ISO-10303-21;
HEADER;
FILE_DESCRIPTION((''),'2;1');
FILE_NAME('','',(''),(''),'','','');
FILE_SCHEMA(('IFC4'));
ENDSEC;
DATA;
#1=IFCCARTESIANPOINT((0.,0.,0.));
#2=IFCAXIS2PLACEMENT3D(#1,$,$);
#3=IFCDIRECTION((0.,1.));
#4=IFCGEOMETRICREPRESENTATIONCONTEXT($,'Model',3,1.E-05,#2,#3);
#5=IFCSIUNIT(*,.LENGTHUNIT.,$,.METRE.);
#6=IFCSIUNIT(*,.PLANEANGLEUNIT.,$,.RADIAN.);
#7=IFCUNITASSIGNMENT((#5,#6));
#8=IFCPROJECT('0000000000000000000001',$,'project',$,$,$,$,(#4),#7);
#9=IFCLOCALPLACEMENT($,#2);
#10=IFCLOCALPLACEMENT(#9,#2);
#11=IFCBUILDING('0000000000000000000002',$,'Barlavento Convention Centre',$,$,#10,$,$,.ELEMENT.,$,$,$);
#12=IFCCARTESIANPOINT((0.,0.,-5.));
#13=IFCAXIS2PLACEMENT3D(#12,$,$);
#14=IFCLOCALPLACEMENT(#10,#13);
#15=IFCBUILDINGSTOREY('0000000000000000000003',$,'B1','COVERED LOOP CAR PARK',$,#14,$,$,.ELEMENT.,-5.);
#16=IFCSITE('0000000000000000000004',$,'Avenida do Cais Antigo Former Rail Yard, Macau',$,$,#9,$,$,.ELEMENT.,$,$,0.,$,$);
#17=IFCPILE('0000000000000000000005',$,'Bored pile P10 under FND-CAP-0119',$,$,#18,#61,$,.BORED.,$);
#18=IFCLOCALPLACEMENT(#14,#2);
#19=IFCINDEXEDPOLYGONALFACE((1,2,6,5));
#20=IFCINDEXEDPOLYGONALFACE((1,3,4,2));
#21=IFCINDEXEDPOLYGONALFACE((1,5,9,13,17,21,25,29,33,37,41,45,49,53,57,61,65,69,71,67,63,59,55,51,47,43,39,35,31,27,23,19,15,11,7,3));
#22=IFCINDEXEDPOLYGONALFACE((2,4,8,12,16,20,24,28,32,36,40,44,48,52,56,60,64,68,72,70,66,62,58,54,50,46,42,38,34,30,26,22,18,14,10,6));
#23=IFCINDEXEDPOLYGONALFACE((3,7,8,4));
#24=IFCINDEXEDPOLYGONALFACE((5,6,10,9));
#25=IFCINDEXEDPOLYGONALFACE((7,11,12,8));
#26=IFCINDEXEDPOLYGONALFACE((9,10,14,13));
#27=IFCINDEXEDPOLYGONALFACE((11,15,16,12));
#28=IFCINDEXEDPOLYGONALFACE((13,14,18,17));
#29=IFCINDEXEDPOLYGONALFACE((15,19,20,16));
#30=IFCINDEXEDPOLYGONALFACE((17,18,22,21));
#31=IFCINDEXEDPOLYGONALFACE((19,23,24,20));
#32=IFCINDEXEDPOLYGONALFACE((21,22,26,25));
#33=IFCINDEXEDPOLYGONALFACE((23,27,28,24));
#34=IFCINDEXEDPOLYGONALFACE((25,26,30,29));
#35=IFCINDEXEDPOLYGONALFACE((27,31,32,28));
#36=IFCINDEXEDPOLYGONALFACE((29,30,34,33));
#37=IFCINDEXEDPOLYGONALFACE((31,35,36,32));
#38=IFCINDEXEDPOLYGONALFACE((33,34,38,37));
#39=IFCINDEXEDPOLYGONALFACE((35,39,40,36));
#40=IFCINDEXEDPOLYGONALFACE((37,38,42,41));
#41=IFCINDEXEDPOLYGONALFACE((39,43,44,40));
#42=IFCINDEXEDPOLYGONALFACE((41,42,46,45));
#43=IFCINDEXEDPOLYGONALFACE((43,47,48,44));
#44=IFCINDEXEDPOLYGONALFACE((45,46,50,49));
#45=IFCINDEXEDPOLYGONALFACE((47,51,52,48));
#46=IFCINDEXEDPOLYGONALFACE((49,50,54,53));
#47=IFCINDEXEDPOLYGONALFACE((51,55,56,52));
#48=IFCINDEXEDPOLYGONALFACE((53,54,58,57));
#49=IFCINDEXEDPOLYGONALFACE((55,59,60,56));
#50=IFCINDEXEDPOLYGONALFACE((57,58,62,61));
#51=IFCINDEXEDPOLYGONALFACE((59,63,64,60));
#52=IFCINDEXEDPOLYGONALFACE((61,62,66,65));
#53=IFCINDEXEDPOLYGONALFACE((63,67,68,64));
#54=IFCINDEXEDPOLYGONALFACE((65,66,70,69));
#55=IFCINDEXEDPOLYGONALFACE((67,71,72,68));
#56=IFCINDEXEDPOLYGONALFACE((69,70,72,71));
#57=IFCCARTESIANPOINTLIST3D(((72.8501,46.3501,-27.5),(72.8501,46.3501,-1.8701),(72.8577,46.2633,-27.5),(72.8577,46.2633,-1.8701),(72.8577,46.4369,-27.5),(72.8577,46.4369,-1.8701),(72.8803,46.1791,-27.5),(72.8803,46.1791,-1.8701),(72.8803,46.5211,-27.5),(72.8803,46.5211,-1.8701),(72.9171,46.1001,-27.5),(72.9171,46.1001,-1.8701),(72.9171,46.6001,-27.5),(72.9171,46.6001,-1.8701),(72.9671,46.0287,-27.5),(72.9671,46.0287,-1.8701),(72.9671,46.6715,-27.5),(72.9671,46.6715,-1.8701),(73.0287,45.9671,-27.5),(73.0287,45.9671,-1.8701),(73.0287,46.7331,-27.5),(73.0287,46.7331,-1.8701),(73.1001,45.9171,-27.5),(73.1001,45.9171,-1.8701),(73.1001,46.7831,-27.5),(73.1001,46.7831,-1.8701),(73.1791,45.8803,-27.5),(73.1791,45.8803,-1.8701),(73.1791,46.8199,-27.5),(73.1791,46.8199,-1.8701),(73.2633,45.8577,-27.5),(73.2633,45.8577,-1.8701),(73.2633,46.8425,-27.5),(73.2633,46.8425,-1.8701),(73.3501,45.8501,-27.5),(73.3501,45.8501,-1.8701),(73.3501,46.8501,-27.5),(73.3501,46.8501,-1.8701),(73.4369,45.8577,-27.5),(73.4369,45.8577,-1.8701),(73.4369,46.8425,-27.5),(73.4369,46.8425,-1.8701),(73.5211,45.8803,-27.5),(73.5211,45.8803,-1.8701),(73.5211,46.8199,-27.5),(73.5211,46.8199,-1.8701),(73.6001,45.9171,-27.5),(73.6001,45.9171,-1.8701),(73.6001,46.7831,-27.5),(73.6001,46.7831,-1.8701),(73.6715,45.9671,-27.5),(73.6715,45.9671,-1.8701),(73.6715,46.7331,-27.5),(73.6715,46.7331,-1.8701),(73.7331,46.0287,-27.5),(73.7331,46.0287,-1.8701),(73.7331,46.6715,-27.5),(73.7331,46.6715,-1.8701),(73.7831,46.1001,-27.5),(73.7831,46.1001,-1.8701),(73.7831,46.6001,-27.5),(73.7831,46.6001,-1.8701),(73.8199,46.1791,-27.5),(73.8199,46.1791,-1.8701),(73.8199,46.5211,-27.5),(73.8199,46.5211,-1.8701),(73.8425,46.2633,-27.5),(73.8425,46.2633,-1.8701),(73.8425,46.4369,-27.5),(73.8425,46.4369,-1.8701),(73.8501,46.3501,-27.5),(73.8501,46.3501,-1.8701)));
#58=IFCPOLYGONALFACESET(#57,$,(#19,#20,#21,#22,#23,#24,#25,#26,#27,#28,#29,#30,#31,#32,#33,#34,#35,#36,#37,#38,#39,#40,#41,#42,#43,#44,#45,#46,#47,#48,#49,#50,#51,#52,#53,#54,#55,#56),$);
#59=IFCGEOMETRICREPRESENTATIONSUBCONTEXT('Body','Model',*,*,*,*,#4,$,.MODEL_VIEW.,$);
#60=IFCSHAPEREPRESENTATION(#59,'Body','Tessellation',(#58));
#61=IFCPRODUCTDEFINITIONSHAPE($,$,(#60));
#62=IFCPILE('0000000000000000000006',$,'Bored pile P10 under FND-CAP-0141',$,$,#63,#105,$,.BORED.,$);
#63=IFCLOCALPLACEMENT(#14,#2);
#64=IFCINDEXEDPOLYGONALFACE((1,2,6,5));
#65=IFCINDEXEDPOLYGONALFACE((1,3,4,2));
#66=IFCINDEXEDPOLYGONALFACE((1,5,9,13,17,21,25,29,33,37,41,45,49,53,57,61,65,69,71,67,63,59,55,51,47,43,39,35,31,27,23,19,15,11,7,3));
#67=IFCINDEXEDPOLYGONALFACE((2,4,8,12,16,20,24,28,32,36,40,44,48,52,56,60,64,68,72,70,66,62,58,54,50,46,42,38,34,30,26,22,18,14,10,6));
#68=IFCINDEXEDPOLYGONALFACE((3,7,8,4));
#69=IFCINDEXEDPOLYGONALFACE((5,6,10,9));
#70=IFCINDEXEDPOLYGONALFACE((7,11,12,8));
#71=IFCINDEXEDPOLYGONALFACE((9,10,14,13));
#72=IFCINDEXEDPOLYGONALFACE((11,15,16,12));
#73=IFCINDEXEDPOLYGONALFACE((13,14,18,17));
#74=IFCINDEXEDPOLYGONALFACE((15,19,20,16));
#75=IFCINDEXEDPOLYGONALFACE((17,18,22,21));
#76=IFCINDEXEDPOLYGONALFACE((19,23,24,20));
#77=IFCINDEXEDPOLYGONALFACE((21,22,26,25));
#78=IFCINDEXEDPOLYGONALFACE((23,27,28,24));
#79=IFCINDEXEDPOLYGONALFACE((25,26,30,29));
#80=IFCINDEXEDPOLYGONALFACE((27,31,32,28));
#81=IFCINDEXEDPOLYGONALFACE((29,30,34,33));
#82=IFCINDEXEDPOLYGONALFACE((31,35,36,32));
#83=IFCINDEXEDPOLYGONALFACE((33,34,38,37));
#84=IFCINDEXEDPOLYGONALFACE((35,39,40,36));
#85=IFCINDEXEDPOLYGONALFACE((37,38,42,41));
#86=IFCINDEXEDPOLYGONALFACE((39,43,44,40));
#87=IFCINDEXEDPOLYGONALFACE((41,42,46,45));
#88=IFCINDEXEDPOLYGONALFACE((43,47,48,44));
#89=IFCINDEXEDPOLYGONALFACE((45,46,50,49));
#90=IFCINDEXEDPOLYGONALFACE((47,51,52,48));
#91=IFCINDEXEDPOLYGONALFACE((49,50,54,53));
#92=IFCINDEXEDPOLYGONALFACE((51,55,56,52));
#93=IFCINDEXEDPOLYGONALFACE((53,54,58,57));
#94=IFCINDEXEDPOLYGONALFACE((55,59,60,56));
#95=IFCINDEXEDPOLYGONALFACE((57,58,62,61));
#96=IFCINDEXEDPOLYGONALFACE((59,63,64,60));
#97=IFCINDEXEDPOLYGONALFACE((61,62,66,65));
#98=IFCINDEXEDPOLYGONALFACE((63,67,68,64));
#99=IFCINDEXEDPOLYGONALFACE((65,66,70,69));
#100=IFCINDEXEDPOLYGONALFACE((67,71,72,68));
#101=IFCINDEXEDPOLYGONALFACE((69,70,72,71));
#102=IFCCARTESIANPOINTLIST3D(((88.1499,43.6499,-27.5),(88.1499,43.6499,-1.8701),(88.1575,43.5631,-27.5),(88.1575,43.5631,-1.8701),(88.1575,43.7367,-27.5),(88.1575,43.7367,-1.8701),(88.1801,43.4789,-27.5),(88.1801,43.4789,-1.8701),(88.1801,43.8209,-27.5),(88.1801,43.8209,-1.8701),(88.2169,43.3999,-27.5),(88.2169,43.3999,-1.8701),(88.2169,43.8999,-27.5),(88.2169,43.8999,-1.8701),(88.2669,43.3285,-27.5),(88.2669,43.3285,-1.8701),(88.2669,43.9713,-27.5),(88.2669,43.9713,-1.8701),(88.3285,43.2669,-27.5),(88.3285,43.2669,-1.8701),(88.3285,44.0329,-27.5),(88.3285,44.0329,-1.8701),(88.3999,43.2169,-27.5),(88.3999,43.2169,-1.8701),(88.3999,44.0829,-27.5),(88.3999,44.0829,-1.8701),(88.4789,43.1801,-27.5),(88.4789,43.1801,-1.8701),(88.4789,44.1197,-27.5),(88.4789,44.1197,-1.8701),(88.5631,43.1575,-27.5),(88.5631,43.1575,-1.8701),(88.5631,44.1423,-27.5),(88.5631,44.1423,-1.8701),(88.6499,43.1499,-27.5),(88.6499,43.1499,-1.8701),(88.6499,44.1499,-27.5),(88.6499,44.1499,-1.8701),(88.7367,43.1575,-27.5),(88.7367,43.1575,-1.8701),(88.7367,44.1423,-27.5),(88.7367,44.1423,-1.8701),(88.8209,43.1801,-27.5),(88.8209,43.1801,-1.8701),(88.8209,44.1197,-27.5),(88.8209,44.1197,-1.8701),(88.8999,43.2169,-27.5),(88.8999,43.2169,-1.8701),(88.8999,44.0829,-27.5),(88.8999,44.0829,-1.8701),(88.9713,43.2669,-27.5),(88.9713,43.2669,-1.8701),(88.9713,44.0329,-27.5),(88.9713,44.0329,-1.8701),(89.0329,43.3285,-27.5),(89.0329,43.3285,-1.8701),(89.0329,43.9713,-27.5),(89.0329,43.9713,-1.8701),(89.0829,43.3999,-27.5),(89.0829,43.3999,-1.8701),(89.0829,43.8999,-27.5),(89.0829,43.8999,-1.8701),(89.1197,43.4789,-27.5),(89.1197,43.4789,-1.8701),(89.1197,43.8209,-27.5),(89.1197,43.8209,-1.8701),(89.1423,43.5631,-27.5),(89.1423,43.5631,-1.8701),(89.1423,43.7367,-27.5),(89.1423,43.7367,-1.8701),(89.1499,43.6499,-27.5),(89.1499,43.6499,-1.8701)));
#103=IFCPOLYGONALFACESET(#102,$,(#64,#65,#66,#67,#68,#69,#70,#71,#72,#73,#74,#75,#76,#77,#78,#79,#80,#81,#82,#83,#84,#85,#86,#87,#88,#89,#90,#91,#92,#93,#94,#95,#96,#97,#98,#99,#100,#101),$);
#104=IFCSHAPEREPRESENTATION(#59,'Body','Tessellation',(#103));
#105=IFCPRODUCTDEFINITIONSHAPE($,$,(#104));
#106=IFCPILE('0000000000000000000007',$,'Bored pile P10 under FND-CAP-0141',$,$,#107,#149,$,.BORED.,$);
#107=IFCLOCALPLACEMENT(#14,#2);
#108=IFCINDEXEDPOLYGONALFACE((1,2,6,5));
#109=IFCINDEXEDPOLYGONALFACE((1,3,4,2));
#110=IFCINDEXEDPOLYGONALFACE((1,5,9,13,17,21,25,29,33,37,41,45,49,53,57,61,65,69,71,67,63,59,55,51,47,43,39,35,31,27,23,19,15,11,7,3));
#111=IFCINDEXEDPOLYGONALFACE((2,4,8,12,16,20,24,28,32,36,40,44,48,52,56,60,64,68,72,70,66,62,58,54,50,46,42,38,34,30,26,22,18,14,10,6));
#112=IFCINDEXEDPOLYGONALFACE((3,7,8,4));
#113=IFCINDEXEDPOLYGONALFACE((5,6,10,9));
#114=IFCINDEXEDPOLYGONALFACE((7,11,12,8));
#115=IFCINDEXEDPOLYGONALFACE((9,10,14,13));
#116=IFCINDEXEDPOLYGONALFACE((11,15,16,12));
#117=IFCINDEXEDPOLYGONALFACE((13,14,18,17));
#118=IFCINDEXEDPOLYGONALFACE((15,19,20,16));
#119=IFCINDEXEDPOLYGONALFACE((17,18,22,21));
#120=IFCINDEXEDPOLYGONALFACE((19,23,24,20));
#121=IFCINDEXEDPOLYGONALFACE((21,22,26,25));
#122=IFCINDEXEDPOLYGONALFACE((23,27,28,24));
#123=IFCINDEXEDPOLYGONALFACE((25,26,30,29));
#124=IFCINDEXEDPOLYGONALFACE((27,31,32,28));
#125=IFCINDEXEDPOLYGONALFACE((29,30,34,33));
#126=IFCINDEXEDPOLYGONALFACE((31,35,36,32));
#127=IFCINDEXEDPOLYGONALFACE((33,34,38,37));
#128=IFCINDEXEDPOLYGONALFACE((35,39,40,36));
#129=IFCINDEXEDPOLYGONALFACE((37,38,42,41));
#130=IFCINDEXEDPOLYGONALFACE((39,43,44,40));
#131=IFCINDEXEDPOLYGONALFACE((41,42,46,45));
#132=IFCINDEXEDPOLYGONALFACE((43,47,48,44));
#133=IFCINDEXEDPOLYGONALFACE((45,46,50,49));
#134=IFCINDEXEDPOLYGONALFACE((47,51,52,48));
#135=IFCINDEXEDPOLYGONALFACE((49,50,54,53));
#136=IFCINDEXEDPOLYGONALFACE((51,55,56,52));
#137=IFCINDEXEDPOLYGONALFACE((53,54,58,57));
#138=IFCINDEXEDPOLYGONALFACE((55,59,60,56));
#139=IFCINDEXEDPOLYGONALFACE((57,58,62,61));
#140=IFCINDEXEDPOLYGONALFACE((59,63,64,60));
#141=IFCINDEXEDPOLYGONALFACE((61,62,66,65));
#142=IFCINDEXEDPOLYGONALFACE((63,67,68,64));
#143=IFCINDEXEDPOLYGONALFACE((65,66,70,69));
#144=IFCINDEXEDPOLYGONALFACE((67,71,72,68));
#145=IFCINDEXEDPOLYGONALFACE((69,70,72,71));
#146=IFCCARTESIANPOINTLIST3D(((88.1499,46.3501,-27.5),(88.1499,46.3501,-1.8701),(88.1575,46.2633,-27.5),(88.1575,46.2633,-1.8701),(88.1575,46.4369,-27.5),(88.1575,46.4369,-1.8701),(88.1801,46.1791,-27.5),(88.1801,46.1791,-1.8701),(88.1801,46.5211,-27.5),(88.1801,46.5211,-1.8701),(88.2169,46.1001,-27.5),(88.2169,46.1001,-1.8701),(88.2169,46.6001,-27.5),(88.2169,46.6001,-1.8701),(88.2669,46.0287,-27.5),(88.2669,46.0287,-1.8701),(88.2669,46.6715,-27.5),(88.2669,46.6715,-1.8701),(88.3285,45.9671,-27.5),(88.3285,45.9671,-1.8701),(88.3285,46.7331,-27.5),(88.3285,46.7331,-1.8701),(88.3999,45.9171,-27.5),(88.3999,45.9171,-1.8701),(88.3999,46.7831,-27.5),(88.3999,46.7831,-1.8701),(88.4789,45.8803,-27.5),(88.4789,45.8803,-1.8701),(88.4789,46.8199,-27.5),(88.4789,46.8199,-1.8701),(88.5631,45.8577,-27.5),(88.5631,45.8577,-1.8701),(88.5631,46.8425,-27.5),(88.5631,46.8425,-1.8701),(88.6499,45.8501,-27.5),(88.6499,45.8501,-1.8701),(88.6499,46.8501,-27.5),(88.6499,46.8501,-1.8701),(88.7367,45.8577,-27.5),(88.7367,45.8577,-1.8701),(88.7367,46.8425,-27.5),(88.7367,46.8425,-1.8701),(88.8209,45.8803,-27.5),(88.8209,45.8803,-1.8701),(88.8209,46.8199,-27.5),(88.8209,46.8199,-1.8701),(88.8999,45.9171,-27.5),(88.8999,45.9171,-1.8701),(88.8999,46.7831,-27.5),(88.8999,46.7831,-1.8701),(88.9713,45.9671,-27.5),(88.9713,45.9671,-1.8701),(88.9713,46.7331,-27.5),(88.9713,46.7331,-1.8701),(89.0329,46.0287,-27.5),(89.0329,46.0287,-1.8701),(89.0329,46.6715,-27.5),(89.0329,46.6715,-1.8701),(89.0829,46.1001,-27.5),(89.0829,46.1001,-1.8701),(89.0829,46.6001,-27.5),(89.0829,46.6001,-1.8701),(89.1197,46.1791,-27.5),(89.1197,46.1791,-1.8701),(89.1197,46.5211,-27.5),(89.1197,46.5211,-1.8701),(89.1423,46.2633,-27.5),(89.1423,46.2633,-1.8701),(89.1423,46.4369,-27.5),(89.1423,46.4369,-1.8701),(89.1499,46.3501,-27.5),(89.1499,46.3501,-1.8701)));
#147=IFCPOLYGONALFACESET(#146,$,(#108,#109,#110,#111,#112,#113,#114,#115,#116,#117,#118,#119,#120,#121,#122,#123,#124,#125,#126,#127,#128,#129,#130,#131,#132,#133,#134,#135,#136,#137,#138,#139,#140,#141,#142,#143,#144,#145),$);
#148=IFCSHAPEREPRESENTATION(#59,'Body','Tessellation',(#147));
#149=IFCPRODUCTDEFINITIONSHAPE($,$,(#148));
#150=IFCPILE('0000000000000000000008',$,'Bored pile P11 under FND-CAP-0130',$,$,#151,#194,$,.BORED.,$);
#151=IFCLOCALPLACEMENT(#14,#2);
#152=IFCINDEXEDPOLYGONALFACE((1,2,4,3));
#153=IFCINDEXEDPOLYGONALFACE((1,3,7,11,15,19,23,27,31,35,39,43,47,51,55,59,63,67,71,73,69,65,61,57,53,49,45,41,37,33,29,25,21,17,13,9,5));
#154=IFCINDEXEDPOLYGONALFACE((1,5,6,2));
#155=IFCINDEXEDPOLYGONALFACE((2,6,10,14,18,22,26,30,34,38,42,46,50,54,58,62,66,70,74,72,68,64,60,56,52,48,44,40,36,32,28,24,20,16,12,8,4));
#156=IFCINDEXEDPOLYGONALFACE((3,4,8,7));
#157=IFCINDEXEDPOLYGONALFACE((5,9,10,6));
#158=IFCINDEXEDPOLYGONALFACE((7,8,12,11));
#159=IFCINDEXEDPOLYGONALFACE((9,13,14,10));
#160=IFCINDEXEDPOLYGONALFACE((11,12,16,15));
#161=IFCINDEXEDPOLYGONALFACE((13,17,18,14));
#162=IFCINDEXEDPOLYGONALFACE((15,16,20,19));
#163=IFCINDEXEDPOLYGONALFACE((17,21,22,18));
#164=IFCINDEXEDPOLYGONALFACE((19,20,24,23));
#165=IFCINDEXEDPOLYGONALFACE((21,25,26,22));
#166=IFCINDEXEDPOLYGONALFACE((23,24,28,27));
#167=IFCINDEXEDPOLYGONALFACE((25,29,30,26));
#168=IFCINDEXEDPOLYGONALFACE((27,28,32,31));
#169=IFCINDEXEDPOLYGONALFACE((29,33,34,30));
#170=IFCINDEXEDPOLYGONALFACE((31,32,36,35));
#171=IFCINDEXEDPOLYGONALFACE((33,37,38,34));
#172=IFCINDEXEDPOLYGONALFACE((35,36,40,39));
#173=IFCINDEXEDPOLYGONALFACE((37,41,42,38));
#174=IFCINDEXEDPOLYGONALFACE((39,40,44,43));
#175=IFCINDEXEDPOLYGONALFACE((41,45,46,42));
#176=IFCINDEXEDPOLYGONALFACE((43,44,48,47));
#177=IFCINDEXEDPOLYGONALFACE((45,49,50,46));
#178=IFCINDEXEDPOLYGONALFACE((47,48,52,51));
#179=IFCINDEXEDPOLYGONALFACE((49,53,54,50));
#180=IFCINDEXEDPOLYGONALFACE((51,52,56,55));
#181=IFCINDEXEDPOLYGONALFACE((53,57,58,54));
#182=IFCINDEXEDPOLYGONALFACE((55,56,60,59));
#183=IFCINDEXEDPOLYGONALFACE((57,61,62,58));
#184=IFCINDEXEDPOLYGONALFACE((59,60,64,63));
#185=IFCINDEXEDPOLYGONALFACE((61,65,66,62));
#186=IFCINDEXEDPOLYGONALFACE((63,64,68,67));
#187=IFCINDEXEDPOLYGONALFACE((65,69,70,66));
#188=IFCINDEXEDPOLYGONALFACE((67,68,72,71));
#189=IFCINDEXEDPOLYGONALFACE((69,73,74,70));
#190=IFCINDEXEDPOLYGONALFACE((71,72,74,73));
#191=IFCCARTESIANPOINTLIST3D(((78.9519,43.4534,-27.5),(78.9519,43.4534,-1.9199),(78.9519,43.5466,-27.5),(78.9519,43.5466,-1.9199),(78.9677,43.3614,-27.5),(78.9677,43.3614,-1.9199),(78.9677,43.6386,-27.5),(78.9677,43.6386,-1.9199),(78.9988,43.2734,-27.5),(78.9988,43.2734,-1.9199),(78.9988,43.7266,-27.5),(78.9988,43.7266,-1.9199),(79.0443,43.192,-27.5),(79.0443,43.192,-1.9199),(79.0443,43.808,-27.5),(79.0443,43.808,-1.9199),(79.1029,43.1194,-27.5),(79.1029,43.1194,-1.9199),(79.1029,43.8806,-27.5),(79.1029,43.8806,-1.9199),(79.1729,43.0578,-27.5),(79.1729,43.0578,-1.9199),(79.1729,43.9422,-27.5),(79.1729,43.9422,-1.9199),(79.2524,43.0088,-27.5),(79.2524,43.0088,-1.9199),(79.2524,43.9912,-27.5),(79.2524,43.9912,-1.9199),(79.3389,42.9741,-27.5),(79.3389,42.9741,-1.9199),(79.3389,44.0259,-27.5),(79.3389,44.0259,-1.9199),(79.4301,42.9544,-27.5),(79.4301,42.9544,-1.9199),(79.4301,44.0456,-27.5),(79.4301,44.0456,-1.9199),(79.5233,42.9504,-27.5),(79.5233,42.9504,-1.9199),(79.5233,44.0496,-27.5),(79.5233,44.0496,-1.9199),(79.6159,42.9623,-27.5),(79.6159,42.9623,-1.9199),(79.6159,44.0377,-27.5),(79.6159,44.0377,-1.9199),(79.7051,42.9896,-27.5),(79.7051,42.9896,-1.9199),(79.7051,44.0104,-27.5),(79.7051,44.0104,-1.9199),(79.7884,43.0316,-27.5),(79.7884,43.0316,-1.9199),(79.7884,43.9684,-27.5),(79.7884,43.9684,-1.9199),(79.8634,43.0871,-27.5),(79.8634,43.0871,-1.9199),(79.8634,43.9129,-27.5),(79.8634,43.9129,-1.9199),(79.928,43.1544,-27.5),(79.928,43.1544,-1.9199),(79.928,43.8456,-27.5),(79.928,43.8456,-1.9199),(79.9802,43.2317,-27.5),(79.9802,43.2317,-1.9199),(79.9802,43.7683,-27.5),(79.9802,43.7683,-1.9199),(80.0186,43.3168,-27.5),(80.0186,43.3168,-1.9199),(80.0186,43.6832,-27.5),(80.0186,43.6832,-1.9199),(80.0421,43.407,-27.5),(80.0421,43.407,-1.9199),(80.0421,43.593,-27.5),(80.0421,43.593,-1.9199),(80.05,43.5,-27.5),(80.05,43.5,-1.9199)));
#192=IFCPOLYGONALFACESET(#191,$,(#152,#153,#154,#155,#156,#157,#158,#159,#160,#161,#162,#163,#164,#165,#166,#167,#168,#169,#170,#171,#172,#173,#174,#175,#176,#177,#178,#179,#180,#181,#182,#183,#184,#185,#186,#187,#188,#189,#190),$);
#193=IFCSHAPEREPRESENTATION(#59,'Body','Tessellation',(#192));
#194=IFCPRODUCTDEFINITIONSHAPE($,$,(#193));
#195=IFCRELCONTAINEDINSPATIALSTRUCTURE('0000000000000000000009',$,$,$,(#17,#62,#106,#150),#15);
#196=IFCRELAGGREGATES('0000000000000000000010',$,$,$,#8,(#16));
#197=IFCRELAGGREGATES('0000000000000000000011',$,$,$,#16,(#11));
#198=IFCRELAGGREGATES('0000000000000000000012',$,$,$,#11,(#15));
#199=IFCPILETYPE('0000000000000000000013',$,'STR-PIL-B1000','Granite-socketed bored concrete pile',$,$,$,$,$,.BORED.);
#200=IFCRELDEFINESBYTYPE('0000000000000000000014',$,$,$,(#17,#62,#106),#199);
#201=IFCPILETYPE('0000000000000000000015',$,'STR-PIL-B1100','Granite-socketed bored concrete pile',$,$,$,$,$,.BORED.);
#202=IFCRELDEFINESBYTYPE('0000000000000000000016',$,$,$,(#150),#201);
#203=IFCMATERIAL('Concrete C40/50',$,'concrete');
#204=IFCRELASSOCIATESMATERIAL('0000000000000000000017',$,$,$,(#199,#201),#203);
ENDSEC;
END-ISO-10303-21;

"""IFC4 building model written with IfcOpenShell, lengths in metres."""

from ifc_helpers import new_model, si_unit, direction, frame, origin, origin_2d, place, context, subcontext, project, spatial, circle, extrude, material, material_profile, profile_set, type_object, element, save


model = new_model("IFC4")

# Units and contexts
model_context = context("Model", 3, precision=1e-05, world=origin(), true_north=direction((0.0, 1.0)))
body_context = subcontext(model_context, "Body", "Model", "MODEL_VIEW")
ifc_project = project(units=[si_unit("LENGTHUNIT", "METRE"), si_unit("PLANEANGLEUNIT", "RADIAN")], contexts=[model_context])

# Site, building, storey
site_placement = place(None, origin())
site = spatial("IfcSite", under=ifc_project, at=site_placement, Name="Avenida do Cais Antigo Former Rail Yard, Macau", CompositionType="ELEMENT", RefElevation=0.0)
building_placement = place(site_placement, origin())
building = spatial("IfcBuilding", under=site, at=building_placement, Name="Barlavento Convention Centre", CompositionType="ELEMENT")
storey_placement = place(building_placement, frame((0.0, 0.0, -5.0)))
storey = spatial("IfcBuildingStorey", under=building, at=storey_placement, Name="B1", Description="COVERED LOOP CAR PARK", CompositionType="ELEMENT", Elevation=-5.0)

# Shared definitions
ifc_material_1 = material(Name="Concrete C40/50", Category="concrete")

# Piles
ifc_material_profile_1 = material_profile(ifc_material_1, circle(Radius=0.5, at=origin_2d()), Name="BORED PILE 1000")
ifc_profile_set_1 = profile_set([ifc_material_profile_1], Name="Concrete C40/50")
pile_type_1 = type_object("IfcPileType", Name="STR-PIL-B1000", Description="Granite-socketed bored concrete pile", PredefinedType="BORED", material=ifc_profile_set_1)
for number, where, z_axis, x_axis, name in (
    (1, (73.3501, 46.3501, -1.8701), (0.0, 0.0, -1.0), (1.0, 0.0, 0.0), "Bored pile P10 under FND-CAP-0119"),
    (2, (88.6499, 43.6499, -1.8701), (0.0, 0.0, -1.0), (1.0, 0.0, 0.0), "Bored pile P10 under FND-CAP-0141"),
    (3, (88.6499, 46.3501, -1.8701), (0.0, 0.0, -1.0), (1.0, 0.0, 0.0), "Bored pile P10 under FND-CAP-0141"),
):
    element("IfcPile", number, at=place(storey_placement, frame(where, z_axis=z_axis, x_axis=x_axis)), inside=storey, type_object=pile_type_1, Name=name, PredefinedType="BORED", context=body_context, shape_type="SweptSolid", body=[
        extrude(circle(Radius=0.5, at=origin_2d()), origin(), (0.0, 0.0, 1.0), 25.6299),
    ])
ifc_material_profile_2 = material_profile(ifc_material_1, circle(Radius=0.55, at=origin_2d()), Name="BORED PILE 1100")
ifc_profile_set_2 = profile_set([ifc_material_profile_2], Name="Concrete C40/50")
pile_type_2 = type_object("IfcPileType", Name="STR-PIL-B1100", Description="Granite-socketed bored concrete pile", PredefinedType="BORED", material=ifc_profile_set_2)
for number, where, z_axis, x_axis, name in (
    (4, (79.5, 43.5, -1.9199), (0.0, 0.0, -1.0), (1.0, 0.0, 0.0), "Bored pile P11 under FND-CAP-0130"),
):
    element("IfcPile", number, at=place(storey_placement, frame(where, z_axis=z_axis, x_axis=x_axis)), inside=storey, type_object=pile_type_2, Name=name, PredefinedType="BORED", context=body_context, shape_type="SweptSolid", body=[
        extrude(circle(Radius=0.55, at=origin_2d()), origin(), (0.0, 0.0, 1.0), 25.5801),
    ])

save(model, "model.ifc")
